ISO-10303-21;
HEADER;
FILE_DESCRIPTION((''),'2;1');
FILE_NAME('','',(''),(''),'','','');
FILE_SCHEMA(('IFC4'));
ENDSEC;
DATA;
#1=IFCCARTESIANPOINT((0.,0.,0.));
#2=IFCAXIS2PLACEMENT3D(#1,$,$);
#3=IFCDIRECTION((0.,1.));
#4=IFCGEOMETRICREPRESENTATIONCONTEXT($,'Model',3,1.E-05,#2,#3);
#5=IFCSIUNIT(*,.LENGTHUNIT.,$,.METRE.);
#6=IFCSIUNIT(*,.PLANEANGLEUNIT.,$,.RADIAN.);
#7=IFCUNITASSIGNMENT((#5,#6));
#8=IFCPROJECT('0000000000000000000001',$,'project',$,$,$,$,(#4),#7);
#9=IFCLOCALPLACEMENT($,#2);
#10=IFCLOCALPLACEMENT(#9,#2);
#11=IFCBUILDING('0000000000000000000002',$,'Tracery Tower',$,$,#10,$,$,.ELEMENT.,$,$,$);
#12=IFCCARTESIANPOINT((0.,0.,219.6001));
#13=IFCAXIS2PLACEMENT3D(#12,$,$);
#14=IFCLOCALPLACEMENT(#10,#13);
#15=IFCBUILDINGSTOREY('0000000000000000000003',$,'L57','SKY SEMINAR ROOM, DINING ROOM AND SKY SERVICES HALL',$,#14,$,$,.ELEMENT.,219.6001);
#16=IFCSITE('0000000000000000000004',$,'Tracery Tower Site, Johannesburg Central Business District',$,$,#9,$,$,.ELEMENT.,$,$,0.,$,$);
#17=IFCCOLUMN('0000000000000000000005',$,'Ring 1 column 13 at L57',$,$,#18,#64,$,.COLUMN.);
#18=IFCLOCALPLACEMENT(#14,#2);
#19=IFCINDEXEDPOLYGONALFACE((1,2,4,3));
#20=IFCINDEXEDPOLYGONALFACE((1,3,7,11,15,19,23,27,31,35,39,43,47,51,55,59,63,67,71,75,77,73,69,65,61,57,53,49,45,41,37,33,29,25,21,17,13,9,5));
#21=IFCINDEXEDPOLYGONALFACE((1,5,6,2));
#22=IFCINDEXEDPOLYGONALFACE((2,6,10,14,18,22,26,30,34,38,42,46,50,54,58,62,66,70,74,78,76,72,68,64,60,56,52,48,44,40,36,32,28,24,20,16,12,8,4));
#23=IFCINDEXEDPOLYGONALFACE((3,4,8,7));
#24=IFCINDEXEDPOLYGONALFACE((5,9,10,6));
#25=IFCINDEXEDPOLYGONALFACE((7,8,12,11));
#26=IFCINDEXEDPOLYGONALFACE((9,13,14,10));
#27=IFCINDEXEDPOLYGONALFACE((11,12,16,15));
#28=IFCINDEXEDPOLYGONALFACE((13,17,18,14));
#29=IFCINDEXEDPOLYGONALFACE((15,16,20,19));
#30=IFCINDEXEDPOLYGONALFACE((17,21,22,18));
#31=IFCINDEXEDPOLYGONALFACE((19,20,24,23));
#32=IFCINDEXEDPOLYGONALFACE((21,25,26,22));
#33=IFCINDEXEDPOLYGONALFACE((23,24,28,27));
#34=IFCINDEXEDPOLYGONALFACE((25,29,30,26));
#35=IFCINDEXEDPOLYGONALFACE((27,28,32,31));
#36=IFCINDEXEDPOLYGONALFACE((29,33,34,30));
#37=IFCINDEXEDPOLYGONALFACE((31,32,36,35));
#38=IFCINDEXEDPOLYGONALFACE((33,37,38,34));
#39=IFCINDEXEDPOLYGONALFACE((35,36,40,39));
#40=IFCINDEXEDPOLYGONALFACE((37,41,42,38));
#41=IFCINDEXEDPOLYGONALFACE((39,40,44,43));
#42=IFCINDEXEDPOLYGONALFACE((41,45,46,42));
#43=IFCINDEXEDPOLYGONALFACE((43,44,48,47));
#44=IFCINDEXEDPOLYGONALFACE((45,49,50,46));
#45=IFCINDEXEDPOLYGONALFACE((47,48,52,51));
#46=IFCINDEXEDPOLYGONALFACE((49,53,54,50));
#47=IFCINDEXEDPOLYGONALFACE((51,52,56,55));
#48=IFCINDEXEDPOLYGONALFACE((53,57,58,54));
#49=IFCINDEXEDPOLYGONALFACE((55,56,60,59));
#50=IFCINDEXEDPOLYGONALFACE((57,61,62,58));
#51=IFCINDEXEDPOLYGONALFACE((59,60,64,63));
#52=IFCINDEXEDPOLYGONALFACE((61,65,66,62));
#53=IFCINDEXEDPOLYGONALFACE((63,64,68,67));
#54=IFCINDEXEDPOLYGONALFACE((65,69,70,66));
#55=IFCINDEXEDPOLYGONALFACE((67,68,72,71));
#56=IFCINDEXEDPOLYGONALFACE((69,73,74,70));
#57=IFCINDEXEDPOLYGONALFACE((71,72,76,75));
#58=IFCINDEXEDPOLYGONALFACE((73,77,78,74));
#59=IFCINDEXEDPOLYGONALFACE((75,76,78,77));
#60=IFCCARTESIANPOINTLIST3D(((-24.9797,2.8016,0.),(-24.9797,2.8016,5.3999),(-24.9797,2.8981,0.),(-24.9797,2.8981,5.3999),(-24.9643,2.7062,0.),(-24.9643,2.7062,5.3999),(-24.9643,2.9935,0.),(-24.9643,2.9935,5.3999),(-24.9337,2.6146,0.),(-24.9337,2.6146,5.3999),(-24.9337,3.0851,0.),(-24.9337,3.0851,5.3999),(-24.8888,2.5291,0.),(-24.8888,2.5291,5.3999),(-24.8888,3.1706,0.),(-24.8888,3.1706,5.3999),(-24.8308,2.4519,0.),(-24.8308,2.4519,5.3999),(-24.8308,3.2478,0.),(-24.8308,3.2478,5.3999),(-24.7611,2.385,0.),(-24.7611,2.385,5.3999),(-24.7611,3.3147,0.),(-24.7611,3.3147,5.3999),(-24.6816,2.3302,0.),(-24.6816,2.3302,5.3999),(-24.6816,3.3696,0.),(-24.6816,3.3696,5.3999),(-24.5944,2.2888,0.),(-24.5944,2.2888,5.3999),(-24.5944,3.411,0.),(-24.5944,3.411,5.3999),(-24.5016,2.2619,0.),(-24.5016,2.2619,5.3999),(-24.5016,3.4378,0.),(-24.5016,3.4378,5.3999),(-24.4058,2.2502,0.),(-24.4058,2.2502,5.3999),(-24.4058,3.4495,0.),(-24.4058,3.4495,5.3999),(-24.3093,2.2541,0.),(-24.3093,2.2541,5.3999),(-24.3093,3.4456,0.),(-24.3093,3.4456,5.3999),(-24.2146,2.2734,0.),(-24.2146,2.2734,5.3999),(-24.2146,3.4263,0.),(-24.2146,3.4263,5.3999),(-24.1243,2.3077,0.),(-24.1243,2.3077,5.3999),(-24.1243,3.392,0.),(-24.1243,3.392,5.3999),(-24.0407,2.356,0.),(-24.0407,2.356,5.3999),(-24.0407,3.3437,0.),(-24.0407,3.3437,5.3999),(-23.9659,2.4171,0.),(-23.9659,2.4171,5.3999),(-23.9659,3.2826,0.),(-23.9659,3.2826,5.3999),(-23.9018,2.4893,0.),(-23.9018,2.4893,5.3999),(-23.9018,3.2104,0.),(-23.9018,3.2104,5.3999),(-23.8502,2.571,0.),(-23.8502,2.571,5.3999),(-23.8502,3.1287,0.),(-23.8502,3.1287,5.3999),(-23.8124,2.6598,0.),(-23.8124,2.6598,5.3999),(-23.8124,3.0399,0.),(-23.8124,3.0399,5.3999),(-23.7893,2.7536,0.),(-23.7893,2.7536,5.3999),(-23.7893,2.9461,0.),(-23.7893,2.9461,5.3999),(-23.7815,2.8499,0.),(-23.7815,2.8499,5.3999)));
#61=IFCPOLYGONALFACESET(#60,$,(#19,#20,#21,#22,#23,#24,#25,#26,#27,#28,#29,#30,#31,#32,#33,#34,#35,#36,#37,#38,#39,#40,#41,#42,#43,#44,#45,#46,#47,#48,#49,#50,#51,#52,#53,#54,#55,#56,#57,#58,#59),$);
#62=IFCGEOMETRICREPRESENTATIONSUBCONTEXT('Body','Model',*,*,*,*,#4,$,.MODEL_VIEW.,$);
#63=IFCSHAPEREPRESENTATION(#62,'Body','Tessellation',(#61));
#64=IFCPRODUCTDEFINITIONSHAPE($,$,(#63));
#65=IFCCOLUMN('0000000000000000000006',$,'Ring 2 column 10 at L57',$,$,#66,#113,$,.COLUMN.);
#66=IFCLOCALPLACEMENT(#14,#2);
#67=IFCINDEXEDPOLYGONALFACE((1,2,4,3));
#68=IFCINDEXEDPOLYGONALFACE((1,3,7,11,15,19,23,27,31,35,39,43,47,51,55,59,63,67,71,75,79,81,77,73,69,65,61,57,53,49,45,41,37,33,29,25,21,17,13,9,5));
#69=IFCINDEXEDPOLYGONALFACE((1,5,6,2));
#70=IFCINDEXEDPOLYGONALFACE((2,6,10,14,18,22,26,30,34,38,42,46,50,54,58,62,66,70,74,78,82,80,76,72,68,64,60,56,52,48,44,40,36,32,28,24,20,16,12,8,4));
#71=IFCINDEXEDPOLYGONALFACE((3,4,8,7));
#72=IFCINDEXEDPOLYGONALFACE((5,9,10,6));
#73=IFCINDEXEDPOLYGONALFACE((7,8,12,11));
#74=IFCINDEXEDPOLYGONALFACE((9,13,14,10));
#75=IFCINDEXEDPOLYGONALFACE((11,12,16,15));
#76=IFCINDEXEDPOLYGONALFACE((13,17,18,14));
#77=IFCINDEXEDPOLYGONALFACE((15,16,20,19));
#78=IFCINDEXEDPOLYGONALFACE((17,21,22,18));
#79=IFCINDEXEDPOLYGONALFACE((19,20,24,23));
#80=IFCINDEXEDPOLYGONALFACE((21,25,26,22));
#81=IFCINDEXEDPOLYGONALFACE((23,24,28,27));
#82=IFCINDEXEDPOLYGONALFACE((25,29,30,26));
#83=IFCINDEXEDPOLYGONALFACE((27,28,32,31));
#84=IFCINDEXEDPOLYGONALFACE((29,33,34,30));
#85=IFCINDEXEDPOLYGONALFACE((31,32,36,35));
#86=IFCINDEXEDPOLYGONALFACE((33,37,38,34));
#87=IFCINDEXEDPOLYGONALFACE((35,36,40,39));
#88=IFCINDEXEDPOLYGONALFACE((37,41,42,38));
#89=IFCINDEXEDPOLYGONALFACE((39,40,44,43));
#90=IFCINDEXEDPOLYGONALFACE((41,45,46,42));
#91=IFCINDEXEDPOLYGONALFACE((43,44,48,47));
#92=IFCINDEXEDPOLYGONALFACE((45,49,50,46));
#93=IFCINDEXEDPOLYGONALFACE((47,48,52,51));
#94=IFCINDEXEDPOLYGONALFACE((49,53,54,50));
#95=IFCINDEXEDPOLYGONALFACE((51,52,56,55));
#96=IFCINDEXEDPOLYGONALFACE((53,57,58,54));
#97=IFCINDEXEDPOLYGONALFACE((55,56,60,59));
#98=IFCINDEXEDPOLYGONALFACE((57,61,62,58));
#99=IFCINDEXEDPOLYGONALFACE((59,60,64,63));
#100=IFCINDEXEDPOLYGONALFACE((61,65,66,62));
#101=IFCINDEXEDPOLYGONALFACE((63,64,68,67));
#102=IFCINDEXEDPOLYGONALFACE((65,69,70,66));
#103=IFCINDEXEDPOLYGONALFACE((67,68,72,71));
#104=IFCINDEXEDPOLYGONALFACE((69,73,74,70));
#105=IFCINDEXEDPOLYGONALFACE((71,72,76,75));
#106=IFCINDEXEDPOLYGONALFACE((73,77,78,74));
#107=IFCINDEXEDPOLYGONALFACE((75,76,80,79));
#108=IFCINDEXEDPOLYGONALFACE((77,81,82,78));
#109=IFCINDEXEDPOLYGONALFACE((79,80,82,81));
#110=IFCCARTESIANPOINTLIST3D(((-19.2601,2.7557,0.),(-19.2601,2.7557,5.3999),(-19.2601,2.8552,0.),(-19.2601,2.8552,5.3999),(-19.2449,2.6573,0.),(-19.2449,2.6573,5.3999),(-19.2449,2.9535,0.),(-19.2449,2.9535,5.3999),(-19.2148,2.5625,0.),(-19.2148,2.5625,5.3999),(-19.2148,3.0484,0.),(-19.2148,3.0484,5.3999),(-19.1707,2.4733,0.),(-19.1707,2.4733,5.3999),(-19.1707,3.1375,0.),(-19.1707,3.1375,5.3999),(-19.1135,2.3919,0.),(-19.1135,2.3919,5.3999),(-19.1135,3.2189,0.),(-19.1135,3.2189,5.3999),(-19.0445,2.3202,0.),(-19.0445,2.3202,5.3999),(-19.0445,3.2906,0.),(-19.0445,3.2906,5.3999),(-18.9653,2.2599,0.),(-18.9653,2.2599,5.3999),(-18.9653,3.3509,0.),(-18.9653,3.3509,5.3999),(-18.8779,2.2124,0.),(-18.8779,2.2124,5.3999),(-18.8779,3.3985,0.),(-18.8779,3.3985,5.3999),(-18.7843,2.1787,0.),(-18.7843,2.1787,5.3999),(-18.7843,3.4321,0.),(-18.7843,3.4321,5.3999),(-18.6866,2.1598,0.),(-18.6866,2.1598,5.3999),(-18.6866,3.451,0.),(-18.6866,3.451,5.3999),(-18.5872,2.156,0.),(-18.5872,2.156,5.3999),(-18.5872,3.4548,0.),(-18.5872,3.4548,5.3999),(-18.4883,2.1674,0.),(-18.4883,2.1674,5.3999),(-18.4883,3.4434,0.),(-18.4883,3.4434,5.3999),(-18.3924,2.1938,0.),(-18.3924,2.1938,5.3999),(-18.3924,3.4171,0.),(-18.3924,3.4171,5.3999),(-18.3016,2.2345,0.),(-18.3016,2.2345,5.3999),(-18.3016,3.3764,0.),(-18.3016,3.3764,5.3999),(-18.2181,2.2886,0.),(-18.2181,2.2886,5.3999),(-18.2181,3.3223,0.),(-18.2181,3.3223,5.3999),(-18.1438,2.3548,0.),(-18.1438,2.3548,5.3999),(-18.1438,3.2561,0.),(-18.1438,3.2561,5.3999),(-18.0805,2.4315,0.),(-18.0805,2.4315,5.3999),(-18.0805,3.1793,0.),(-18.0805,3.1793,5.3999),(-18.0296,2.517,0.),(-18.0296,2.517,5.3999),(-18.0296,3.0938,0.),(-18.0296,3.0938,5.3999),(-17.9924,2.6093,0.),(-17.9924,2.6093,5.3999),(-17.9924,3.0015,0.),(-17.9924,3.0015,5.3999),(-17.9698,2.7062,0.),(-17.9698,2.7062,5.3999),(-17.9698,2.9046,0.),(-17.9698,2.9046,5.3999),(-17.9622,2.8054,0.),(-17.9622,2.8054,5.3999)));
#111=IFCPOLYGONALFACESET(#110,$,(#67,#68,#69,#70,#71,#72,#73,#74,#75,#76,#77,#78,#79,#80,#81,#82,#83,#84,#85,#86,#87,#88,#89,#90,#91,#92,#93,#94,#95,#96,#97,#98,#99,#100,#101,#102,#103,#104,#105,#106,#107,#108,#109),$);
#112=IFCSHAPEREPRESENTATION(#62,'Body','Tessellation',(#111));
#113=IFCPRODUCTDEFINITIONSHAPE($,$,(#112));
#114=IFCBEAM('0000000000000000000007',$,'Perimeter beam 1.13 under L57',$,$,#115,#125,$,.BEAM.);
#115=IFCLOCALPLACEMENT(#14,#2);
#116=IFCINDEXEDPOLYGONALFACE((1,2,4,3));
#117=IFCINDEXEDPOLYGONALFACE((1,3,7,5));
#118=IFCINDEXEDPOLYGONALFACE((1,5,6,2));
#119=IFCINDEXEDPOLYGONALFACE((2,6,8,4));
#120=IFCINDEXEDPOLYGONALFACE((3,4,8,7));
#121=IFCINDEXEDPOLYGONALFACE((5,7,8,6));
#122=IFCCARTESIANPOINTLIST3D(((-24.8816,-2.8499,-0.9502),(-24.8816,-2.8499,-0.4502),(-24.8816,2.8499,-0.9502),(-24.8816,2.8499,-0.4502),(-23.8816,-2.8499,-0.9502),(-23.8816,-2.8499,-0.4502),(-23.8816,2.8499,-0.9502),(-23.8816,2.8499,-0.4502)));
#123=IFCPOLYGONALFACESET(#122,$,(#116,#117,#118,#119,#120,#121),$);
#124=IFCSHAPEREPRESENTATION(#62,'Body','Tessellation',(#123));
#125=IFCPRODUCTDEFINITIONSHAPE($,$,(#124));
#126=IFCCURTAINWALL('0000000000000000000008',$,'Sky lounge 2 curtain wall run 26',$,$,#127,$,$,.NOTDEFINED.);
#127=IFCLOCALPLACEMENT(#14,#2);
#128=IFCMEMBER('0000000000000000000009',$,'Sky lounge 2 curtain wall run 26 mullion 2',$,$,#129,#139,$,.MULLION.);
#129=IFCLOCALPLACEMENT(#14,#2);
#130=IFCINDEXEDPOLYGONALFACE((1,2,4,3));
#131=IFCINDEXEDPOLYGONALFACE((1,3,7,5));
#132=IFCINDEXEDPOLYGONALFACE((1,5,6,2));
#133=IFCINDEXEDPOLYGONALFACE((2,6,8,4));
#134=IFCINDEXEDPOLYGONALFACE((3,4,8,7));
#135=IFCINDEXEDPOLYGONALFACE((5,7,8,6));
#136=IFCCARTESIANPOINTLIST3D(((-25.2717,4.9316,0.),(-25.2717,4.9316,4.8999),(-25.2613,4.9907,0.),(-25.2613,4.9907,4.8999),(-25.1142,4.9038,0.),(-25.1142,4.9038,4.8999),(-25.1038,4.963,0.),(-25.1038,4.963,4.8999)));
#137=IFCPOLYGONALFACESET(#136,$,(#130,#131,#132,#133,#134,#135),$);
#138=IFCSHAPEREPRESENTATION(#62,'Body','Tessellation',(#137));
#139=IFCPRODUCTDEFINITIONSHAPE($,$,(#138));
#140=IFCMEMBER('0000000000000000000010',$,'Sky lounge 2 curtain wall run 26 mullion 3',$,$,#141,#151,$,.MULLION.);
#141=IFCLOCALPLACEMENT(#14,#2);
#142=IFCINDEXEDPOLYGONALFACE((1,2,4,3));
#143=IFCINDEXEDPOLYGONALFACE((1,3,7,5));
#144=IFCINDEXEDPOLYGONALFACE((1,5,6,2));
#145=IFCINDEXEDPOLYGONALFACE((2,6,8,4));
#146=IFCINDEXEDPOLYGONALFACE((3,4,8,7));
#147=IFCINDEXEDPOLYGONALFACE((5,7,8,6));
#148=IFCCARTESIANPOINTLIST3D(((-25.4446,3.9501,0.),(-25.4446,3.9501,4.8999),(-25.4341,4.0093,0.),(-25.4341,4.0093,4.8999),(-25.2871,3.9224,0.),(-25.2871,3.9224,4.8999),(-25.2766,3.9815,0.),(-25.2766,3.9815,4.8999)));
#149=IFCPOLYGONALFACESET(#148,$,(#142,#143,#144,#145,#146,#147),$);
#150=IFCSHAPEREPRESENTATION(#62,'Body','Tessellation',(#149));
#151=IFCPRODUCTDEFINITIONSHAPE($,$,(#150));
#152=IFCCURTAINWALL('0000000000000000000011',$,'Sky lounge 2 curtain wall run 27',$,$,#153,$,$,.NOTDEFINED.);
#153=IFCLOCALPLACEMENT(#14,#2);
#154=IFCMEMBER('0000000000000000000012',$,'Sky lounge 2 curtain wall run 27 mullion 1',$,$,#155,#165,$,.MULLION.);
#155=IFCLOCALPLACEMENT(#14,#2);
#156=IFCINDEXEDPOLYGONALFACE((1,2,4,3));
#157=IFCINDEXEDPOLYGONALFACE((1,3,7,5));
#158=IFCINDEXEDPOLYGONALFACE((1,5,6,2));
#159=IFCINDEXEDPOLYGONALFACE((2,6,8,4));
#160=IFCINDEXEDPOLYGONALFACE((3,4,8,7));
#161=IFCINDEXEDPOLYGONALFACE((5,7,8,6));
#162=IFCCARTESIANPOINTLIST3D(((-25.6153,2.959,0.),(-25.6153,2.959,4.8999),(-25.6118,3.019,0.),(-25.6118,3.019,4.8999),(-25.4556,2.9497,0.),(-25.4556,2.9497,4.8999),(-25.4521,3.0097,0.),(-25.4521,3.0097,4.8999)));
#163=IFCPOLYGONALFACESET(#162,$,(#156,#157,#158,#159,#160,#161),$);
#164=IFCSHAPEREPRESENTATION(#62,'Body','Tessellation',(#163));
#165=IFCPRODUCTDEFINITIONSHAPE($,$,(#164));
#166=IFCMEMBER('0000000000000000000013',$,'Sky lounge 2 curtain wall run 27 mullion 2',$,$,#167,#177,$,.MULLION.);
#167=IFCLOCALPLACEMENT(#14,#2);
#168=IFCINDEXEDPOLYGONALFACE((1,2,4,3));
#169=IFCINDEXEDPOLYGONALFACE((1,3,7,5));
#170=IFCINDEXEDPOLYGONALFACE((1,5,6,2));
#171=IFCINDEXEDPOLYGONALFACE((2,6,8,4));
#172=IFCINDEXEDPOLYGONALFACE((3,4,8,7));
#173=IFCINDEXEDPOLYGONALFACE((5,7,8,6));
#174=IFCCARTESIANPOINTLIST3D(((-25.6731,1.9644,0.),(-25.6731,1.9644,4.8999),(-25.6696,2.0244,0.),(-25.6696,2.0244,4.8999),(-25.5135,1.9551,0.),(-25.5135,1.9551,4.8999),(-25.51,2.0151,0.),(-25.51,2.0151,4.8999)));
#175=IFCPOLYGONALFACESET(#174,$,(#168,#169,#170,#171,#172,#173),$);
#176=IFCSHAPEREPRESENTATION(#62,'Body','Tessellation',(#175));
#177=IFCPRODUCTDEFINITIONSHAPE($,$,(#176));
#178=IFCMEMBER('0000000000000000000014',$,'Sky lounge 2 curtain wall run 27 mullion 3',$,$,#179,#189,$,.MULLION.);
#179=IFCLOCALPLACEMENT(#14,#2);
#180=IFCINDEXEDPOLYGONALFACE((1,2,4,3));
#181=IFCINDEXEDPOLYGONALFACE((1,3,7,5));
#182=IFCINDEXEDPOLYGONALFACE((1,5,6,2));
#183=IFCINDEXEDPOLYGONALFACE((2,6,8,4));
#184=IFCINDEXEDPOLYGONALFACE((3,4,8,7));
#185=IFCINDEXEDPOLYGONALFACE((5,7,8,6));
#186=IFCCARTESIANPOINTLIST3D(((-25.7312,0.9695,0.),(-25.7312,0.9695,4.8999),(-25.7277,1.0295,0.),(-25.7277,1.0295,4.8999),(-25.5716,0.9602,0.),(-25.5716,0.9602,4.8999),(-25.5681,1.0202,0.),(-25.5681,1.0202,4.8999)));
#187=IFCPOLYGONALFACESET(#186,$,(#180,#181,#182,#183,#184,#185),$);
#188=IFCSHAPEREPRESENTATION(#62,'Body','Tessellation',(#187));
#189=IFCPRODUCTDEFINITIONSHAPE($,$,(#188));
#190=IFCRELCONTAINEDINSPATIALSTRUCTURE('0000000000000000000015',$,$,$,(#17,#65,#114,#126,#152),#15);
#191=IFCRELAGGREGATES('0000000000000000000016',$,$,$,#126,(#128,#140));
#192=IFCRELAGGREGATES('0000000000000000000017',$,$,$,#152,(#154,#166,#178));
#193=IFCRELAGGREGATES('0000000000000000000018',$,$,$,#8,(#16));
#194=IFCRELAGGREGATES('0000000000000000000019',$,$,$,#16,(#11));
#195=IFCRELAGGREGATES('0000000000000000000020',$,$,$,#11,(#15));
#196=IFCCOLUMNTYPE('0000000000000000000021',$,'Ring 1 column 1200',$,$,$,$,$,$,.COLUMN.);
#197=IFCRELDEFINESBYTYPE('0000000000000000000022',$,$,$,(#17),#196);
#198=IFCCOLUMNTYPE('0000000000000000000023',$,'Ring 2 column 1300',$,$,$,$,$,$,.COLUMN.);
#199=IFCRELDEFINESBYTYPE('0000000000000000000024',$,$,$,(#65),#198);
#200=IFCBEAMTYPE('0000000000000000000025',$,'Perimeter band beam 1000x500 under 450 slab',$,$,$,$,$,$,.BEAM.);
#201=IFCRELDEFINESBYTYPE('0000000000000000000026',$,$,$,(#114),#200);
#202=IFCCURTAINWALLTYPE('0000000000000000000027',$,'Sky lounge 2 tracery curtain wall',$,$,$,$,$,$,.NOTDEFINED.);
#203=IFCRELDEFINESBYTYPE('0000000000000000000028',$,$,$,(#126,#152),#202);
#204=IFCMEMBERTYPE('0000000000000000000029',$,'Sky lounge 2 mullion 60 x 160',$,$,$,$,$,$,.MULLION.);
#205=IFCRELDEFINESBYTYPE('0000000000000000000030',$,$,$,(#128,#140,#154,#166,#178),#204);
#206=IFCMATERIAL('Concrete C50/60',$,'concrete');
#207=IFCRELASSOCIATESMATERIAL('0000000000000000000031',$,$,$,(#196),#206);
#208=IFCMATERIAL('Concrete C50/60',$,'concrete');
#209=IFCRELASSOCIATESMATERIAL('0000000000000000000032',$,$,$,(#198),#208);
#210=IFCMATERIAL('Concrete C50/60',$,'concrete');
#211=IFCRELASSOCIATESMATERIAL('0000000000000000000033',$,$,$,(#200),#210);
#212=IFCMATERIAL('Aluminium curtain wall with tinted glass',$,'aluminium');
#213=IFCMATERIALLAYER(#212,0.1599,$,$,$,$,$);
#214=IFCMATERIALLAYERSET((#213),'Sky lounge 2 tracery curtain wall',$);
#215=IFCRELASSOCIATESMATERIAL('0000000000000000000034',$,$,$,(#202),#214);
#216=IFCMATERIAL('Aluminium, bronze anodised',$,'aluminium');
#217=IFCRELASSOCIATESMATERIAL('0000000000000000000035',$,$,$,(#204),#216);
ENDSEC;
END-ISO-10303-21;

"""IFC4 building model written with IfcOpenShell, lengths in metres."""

from ifc_helpers import new_model, si_unit, direction, frame, origin, origin_2d, place, context, subcontext, project, spatial, rectangle, circle, extrude, material, layer, layer_set, material_profile, profile_set, type_object, element, aggregate, save


model = new_model("IFC4")

# Units and contexts
model_context = context("Model", 3, precision=1e-05, world=origin(), true_north=direction((0.0, 1.0)))
body_context = subcontext(model_context, "Body", "Model", "MODEL_VIEW")
ifc_project = project(units=[si_unit("LENGTHUNIT", "METRE"), si_unit("PLANEANGLEUNIT", "RADIAN")], contexts=[model_context])

# Site, building, storey
site_placement = place(None, origin())
site = spatial("IfcSite", under=ifc_project, at=site_placement, Name="Tracery Tower Site, Johannesburg Central Business District", CompositionType="ELEMENT", RefElevation=0.0)
building_placement = place(site_placement, origin())
building = spatial("IfcBuilding", under=site, at=building_placement, Name="Tracery Tower", CompositionType="ELEMENT")
storey_placement = place(building_placement, frame((0.0, 0.0, 219.6001)))
storey = spatial("IfcBuildingStorey", under=building, at=storey_placement, Name="L57", Description="SKY SEMINAR ROOM, DINING ROOM AND SKY SERVICES HALL", CompositionType="ELEMENT", Elevation=219.6001)

# Columns
ifc_material_1 = material(Name="Concrete C50/60", Category="concrete")
ifc_material_profile_1 = material_profile(ifc_material_1, circle(Radius=0.6001, at=origin_2d()), Name="RC D1200")
ifc_profile_set_1 = profile_set([ifc_material_profile_1], Name="Concrete C50/60")
column_type_1 = type_object("IfcColumnType", Name="Ring 1 column 1200", PredefinedType="COLUMN", material=ifc_profile_set_1)
column_1_placement = place(storey_placement, frame((-24.3816, 2.8499, 0.0), z_axis=(0.0, 0.0, 1.0), x_axis=(1.0, 0.0, 0.0)))
element("IfcColumn", 1, at=column_1_placement, inside=storey, type_object=column_type_1, Name="Ring 1 column 13 at L57", PredefinedType="COLUMN", context=body_context, shape_type="SweptSolid", body=[
    extrude(circle(Radius=0.6001, at=origin_2d()), origin(), (0.0, 0.0, 1.0), 5.3999),
])
ifc_material_2 = material(Name="Concrete C50/60", Category="concrete")
ifc_material_profile_2 = material_profile(ifc_material_2, circle(Radius=0.6499, at=origin_2d()), Name="RC D1300")
ifc_profile_set_2 = profile_set([ifc_material_profile_2], Name="Concrete C50/60")
column_type_2 = type_object("IfcColumnType", Name="Ring 2 column 1300", PredefinedType="COLUMN", material=ifc_profile_set_2)
column_2_placement = place(storey_placement, frame((-18.6121, 2.8054, 0.0), z_axis=(0.0, 0.0, 1.0), x_axis=(1.0, 0.0, 0.0)))
element("IfcColumn", 2, at=column_2_placement, inside=storey, type_object=column_type_2, Name="Ring 2 column 10 at L57", PredefinedType="COLUMN", context=body_context, shape_type="SweptSolid", body=[
    extrude(circle(Radius=0.6499, at=origin_2d()), origin(), (0.0, 0.0, 1.0), 5.3999),
])

# Beam
ifc_material_3 = material(Name="Concrete C50/60", Category="concrete")
ifc_material_profile_3 = material_profile(ifc_material_3, rectangle(XDim=1.0, YDim=0.5, at=origin_2d()), Name="RC 1000x500")
ifc_profile_set_3 = profile_set([ifc_material_profile_3], Name="Concrete C50/60")
beam_type = type_object("IfcBeamType", Name="Perimeter band beam 1000x500 under 450 slab", PredefinedType="BEAM", material=ifc_profile_set_3)
beam_placement = place(storey_placement, frame((-24.3816, 2.8499, -0.7002), z_axis=(0.0, -1.0, 0.0), x_axis=(1.0, 0.0, 0.0)))
element("IfcBeam", 3, at=beam_placement, inside=storey, type_object=beam_type, Name="Perimeter beam 1.13 under L57", PredefinedType="BEAM", context=body_context, shape_type="SweptSolid", body=[
    extrude(rectangle(XDim=1.0, YDim=0.5, at=origin_2d()), origin(), (0.0, 0.0, 1.0), 5.6997),
])

# Curtain walls, members
ifc_material_4 = material(Name="Aluminium curtain wall with tinted glass", Category="aluminium")
ifc_layer_1 = layer(ifc_material_4, 0.1599)
ifc_layer_set_1 = layer_set([ifc_layer_1], Name="Sky lounge 2 tracery curtain wall")
curtain_wall_type = type_object("IfcCurtainWallType", Name="Sky lounge 2 tracery curtain wall", PredefinedType="NOTDEFINED", material=ifc_layer_set_1)
curtain_wall_1_placement = place(storey_placement, origin())
curtain_wall_1 = element("IfcCurtainWall", 4, at=curtain_wall_1_placement, inside=storey, type_object=curtain_wall_type, Name="Sky lounge 2 curtain wall run 26", PredefinedType="NOTDEFINED")
ifc_material_5 = material(Name="Aluminium, bronze anodised", Category="aluminium")
ifc_material_profile_4 = material_profile(ifc_material_5, rectangle(XDim=0.1599, YDim=0.0601, at=origin_2d()), Name="AL 60x160")
ifc_profile_set_4 = profile_set([ifc_material_profile_4], Name="Aluminium, bronze anodised")
member_type_1 = type_object("IfcMemberType", Name="Sky lounge 2 mullion 60 x 160", PredefinedType="MULLION", material=ifc_profile_set_4)
member_1_placement = place(storey_placement, frame((-25.1877, 4.9473, 0.0), z_axis=(0.0, 0.0, 1.0), x_axis=(0.984808, -0.173648, 0.0)))
member_1 = element("IfcMember", 5, at=member_1_placement, type_object=member_type_1, Name="Sky lounge 2 curtain wall run 26 mullion 2", PredefinedType="MULLION", context=body_context, shape_type="SweptSolid", body=[
    extrude(rectangle(XDim=0.1599, YDim=0.0601, at=origin_2d()), origin(), (0.0, 0.0, 1.0), 4.8999),
])
member_2_placement = place(storey_placement, frame((-25.3606, 3.9658, 0.0), z_axis=(0.0, 0.0, 1.0), x_axis=(0.984808, -0.173648, 0.0)))
member_2 = element("IfcMember", 6, at=member_2_placement, type_object=member_type_1, Name="Sky lounge 2 curtain wall run 26 mullion 3", PredefinedType="MULLION", context=body_context, shape_type="SweptSolid", body=[
    extrude(rectangle(XDim=0.1599, YDim=0.0601, at=origin_2d()), origin(), (0.0, 0.0, 1.0), 4.8999),
])
curtain_wall_2_placement = place(storey_placement, origin())
curtain_wall_2 = element("IfcCurtainWall", 7, at=curtain_wall_2_placement, inside=storey, type_object=curtain_wall_type, Name="Sky lounge 2 curtain wall run 27", PredefinedType="NOTDEFINED")
member_3_placement = place(storey_placement, frame((-25.5337, 2.9844, 0.0), z_axis=(0.0, 0.0, 1.0), x_axis=(0.998308, -0.058145, 0.0)))
member_3 = element("IfcMember", 8, at=member_3_placement, type_object=member_type_1, Name="Sky lounge 2 curtain wall run 27 mullion 1", PredefinedType="MULLION", context=body_context, shape_type="SweptSolid", body=[
    extrude(rectangle(XDim=0.1599, YDim=0.0601, at=origin_2d()), origin(), (0.0, 0.0, 1.0), 4.8999),
])
member_4_placement = place(storey_placement, frame((-25.5916, 1.9897, 0.0), z_axis=(0.0, 0.0, 1.0), x_axis=(0.998308, -0.058145, 0.0)))
member_4 = element("IfcMember", 9, at=member_4_placement, type_object=member_type_1, Name="Sky lounge 2 curtain wall run 27 mullion 2", PredefinedType="MULLION", context=body_context, shape_type="SweptSolid", body=[
    extrude(rectangle(XDim=0.1599, YDim=0.0601, at=origin_2d()), origin(), (0.0, 0.0, 1.0), 4.8999),
])
member_5_placement = place(storey_placement, frame((-25.6497, 0.9949, 0.0), z_axis=(0.0, 0.0, 1.0), x_axis=(0.998308, -0.058145, 0.0)))
member_5 = element("IfcMember", 10, at=member_5_placement, type_object=member_type_1, Name="Sky lounge 2 curtain wall run 27 mullion 3", PredefinedType="MULLION", context=body_context, shape_type="SweptSolid", body=[
    extrude(rectangle(XDim=0.1599, YDim=0.0601, at=origin_2d()), origin(), (0.0, 0.0, 1.0), 4.8999),
])

aggregate(curtain_wall_1, [member_1, member_2])
aggregate(curtain_wall_2, [member_3, member_4, member_5])

save(model, "model.ifc")
